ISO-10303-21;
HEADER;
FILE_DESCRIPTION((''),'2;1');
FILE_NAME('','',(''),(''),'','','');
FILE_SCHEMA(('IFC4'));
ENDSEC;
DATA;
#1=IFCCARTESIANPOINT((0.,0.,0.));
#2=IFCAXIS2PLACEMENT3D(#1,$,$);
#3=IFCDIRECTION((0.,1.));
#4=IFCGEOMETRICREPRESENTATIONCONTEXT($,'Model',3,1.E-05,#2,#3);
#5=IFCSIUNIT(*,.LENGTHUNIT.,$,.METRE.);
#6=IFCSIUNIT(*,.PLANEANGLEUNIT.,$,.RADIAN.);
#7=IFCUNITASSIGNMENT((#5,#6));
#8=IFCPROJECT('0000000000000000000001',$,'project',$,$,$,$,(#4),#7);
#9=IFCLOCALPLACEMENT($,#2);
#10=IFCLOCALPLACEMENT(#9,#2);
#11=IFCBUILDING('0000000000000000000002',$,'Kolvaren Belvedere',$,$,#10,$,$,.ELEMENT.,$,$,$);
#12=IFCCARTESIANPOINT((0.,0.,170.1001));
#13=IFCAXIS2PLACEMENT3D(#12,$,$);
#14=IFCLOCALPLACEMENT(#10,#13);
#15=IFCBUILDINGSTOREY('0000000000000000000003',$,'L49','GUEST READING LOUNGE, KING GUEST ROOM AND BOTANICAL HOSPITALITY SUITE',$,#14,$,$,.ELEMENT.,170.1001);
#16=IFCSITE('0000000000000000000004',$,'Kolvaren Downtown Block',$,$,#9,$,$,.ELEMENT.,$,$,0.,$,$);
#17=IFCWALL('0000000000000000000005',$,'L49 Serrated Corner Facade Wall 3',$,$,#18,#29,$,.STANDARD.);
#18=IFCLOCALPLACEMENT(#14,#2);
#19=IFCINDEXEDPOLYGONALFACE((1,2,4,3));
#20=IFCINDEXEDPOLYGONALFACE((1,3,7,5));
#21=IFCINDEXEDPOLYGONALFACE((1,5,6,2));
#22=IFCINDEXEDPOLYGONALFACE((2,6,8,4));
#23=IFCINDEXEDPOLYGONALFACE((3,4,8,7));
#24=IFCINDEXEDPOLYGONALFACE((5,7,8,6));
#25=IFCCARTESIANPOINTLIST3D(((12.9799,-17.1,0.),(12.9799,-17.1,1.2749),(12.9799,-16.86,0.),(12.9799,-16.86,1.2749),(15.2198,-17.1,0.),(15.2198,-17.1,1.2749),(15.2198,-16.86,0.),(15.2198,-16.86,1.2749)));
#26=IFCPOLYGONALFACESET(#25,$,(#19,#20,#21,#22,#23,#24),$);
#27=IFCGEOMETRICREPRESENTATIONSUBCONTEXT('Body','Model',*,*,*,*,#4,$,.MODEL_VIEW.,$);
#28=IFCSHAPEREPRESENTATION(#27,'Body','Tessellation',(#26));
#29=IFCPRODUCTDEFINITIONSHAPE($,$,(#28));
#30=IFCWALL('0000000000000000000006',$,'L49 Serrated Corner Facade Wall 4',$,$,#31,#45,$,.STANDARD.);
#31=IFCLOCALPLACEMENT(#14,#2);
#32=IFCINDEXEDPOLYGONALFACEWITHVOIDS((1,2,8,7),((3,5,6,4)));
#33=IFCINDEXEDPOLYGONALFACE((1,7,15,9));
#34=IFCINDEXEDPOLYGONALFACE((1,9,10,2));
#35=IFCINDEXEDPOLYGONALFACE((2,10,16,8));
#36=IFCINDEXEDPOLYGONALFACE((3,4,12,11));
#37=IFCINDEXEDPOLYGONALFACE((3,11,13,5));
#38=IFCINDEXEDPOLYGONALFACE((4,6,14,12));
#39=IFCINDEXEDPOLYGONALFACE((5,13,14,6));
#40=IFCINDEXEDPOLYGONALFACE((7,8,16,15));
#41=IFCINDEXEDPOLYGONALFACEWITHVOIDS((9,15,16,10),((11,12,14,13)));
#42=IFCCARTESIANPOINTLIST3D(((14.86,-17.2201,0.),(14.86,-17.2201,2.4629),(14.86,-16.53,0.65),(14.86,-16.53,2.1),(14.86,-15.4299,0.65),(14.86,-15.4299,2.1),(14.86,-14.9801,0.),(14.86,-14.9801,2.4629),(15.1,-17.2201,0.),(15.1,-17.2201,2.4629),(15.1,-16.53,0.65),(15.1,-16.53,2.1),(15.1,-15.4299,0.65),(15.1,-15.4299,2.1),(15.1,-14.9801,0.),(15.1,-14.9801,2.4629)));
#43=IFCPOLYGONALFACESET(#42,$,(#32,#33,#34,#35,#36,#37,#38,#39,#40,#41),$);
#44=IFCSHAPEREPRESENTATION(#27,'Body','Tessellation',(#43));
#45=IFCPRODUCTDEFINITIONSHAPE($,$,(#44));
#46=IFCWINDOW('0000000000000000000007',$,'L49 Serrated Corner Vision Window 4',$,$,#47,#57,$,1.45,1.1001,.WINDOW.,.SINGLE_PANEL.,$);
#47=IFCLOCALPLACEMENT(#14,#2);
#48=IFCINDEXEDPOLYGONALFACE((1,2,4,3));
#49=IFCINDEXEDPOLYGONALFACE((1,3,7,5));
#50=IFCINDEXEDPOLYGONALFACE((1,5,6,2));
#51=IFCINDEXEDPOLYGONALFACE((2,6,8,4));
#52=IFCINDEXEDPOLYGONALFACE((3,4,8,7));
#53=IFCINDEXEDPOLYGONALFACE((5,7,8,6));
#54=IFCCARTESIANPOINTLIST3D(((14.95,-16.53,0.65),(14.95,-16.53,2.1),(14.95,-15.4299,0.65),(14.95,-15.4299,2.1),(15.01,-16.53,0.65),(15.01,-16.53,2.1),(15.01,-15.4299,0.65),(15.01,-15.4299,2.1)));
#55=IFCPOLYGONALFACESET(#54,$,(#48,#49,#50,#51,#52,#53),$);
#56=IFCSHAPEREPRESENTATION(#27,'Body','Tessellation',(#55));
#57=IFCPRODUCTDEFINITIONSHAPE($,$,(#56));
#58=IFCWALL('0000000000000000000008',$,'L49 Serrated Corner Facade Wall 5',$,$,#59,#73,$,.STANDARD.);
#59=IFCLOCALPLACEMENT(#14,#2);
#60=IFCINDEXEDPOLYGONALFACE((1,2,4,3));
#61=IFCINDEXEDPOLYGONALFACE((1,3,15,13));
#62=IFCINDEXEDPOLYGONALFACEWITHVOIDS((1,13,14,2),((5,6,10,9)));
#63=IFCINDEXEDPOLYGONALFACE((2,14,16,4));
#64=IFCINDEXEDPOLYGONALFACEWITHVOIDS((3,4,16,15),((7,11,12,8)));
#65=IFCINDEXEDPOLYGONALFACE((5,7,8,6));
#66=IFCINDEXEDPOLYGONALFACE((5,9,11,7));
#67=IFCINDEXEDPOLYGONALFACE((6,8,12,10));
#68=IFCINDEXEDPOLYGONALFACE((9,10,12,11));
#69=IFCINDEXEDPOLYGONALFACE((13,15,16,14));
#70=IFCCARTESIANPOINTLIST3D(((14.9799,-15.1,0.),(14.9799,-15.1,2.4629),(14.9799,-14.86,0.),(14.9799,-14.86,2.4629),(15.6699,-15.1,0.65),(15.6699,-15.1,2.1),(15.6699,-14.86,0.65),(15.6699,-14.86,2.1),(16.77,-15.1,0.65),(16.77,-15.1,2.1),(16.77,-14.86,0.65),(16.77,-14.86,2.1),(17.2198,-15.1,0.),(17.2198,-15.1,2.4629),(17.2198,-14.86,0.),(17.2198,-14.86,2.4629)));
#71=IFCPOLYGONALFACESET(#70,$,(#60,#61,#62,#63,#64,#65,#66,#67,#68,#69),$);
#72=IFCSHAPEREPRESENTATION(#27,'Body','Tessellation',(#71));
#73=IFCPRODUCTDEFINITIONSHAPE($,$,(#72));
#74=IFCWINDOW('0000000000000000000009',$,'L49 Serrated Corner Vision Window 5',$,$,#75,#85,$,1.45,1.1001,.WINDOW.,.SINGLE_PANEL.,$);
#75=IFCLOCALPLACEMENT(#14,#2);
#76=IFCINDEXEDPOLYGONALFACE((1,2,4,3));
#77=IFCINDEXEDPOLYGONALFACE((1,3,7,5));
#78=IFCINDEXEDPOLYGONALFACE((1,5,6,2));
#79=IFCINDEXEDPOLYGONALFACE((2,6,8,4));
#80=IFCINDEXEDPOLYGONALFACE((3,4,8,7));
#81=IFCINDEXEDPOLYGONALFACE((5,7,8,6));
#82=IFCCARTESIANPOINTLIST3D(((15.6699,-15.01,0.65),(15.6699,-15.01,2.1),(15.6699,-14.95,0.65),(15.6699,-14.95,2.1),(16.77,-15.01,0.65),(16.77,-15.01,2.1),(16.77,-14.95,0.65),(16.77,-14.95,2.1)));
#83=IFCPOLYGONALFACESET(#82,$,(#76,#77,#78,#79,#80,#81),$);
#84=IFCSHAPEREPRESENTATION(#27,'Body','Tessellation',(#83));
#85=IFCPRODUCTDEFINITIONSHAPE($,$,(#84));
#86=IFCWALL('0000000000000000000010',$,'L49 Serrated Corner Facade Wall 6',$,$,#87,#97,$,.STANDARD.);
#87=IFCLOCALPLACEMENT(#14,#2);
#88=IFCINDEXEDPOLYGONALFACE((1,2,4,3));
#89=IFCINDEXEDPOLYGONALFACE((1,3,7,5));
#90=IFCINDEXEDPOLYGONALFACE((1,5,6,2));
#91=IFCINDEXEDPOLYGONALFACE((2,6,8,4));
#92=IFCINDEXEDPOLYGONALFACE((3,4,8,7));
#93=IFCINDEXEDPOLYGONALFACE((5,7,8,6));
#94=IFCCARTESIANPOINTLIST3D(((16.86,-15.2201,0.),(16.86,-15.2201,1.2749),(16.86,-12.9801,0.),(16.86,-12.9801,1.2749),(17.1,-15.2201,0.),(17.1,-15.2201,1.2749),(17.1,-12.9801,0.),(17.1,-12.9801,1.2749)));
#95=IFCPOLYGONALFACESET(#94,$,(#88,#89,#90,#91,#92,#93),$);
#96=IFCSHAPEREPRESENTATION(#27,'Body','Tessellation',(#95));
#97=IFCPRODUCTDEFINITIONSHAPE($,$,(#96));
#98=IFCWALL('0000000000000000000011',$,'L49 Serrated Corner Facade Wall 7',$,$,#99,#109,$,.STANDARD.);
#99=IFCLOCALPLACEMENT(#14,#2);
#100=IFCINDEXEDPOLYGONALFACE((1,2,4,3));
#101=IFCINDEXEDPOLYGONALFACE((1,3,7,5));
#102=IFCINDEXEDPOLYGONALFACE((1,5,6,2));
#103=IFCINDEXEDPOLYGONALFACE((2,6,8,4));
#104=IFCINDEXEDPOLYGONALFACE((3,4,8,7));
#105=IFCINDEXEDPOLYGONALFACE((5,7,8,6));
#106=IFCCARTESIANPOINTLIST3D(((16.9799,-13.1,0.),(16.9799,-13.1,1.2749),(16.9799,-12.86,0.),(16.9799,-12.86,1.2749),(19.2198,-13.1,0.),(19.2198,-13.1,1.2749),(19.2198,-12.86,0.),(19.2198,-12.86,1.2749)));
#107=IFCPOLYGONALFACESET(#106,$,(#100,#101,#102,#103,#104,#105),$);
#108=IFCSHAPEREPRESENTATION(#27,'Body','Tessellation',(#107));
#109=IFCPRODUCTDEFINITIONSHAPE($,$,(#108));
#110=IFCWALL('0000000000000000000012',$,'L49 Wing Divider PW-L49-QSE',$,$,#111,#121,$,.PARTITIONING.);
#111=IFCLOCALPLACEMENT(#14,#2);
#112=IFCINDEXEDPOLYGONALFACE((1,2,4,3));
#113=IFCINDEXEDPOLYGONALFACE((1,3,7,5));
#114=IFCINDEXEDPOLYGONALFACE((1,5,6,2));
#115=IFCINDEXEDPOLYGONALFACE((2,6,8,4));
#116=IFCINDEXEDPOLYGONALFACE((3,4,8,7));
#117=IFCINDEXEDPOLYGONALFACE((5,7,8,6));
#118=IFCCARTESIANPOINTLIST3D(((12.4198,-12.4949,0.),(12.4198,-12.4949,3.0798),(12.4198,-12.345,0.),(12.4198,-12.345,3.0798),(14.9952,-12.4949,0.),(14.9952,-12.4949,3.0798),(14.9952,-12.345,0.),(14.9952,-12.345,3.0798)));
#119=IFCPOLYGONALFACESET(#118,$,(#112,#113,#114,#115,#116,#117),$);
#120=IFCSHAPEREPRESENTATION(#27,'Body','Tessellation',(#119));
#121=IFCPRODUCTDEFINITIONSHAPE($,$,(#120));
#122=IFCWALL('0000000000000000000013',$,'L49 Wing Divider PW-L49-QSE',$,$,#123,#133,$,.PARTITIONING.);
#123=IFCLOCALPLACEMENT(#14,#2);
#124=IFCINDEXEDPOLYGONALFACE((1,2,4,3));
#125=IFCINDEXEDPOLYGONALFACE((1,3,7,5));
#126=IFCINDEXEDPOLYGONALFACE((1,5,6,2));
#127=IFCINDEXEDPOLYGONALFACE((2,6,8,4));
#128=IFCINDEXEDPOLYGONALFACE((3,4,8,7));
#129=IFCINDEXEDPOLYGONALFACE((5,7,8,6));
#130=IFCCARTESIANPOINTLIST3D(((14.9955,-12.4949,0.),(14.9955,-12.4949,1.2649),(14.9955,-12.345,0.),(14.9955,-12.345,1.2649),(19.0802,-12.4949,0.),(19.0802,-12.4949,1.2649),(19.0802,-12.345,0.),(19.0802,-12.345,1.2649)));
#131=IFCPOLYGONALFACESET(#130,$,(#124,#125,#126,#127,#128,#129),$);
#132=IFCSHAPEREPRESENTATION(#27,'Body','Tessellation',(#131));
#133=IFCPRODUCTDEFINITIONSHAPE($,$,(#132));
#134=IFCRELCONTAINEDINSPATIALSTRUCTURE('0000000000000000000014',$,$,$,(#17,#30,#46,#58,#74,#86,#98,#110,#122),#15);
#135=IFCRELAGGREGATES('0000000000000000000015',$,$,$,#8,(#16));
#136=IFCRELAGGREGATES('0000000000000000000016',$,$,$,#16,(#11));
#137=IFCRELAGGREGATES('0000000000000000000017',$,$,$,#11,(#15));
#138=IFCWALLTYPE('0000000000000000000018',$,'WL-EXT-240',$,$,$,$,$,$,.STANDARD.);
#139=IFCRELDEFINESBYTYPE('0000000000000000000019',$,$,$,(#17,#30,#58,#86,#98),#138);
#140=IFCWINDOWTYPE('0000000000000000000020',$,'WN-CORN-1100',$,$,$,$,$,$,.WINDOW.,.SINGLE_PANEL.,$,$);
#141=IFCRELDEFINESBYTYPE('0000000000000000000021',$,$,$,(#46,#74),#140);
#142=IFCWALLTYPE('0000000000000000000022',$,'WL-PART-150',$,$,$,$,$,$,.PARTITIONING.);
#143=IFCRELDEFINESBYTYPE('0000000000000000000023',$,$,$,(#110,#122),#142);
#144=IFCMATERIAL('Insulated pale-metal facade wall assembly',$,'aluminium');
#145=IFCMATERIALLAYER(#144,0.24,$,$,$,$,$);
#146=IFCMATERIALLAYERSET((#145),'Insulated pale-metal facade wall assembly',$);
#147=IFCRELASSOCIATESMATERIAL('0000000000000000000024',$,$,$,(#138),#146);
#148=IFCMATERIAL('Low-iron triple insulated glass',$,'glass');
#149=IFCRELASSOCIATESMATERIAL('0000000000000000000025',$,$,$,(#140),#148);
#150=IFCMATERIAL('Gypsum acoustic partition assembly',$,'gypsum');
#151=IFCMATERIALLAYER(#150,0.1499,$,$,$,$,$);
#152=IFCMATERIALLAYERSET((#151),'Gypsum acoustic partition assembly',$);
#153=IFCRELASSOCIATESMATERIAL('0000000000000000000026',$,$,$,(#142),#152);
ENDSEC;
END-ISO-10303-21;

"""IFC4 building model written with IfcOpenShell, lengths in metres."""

from ifc_helpers import new_model, si_unit, direction, frame, frame_2d, origin, place, context, subcontext, project, spatial, rectangle, extrude, material, layer, layer_set, type_object, element, fill, save


model = new_model("IFC4")

# Units and contexts
model_context = context("Model", 3, precision=1e-05, world=origin(), true_north=direction((0.0, 1.0)))
body_context = subcontext(model_context, "Body", "Model", "MODEL_VIEW")
ifc_project = project(units=[si_unit("LENGTHUNIT", "METRE"), si_unit("PLANEANGLEUNIT", "RADIAN")], contexts=[model_context])

# Site, building, storey
site_placement = place(None, origin())
site = spatial("IfcSite", under=ifc_project, at=site_placement, Name="Kolvaren Downtown Block", CompositionType="ELEMENT", RefElevation=0.0)
building_placement = place(site_placement, origin())
building = spatial("IfcBuilding", under=site, at=building_placement, Name="Kolvaren Belvedere", CompositionType="ELEMENT")
storey_placement = place(building_placement, frame((0.0, 0.0, 170.1001)))
storey = spatial("IfcBuildingStorey", under=building, at=storey_placement, Name="L49", Description="GUEST READING LOUNGE, KING GUEST ROOM AND BOTANICAL HOSPITALITY SUITE", CompositionType="ELEMENT", Elevation=170.1001)

# Wall
ifc_material_1 = material(Name="Insulated pale-metal facade wall assembly", Category="aluminium")
ifc_layer_1 = layer(ifc_material_1, 0.24)
ifc_layer_set_1 = layer_set([ifc_layer_1], Name="Insulated pale-metal facade wall assembly")
wall_type_1 = type_object("IfcWallType", Name="WL-EXT-240", PredefinedType="STANDARD", material=ifc_layer_set_1)
for number, where, z_axis, x_axis, name in (
    (1, (15.22, -16.98, 0.0), (0.0, 0.0, 1.0), (-1.0, 0.0, 0.0), "L49 Serrated Corner Facade Wall 3"),
):
    element("IfcWall", number, at=place(storey_placement, frame(where, z_axis=z_axis, x_axis=x_axis)), inside=storey, type_object=wall_type_1, Name=name, PredefinedType="STANDARD", context=body_context, shape_type="SweptSolid", body=[
        extrude(rectangle(XDim=2.24, YDim=0.24, at=frame_2d((1.1201, 0.0))), origin(), (0.0, 0.0, 1.0), 1.2749),
    ])

# Walls, openings, windows
wall_1_placement = place(storey_placement, frame((14.98, -14.98, 0.0), z_axis=(0.0, 0.0, 1.0), x_axis=(0.0, -1.0, 0.0)))
wall_1 = element("IfcWall", 2, at=wall_1_placement, inside=storey, type_object=wall_type_1, Name="L49 Serrated Corner Facade Wall 4", PredefinedType="STANDARD", context=body_context, shape_type="SweptSolid", body=[
    extrude(rectangle(XDim=2.24, YDim=0.24, at=frame_2d((1.1201, 0.0))), origin(), (0.0, 0.0, 1.0), 2.4629),
])
opening_1_placement = place(wall_1_placement, frame((0.45, 0.0, 0.6499)))
opening_1 = element("IfcOpeningElement", 3, at=opening_1_placement, cuts=wall_1, PredefinedType="OPENING", context=body_context, shape_type="SweptSolid", body=[
    extrude(rectangle(XDim=1.1001, YDim=1.45, at=frame_2d((0.55, 0.7251))), frame((0.0, 0.1299, 0.0), z_axis=(0.0, -1.0, 0.0), x_axis=(1.0, 0.0, 0.0)), (0.0, 0.0, 1.0), 0.26),
])
ifc_material_2 = material(Name="Low-iron triple insulated glass", Category="glass")
window_type = type_object("IfcWindowType", Name="WN-CORN-1100", PartitioningType="SINGLE_PANEL", PredefinedType="WINDOW", material=ifc_material_2)
window_1_placement = place(opening_1_placement, origin())
window_1 = element("IfcWindow", 4, at=window_1_placement, inside=storey, type_object=window_type, Name="L49 Serrated Corner Vision Window 4", OverallHeight=1.45, OverallWidth=1.1001, PartitioningType="SINGLE_PANEL", PredefinedType="WINDOW", context=body_context, shape_type="SweptSolid", body=[
    extrude(rectangle(XDim=1.1001, YDim=1.45, at=frame_2d((0.55, 0.7251))), frame((0.0, 0.03, 0.0), z_axis=(0.0, -1.0, 0.0), x_axis=(1.0, 0.0, 0.0)), (0.0, 0.0, 1.0), 0.0601),
])
fill(opening_1, window_1)
wall_2_placement = place(storey_placement, frame((17.22, -14.98, 0.0), z_axis=(0.0, 0.0, 1.0), x_axis=(-1.0, 0.0, 0.0)))
wall_2 = element("IfcWall", 5, at=wall_2_placement, inside=storey, type_object=wall_type_1, Name="L49 Serrated Corner Facade Wall 5", PredefinedType="STANDARD", context=body_context, shape_type="SweptSolid", body=[
    extrude(rectangle(XDim=2.24, YDim=0.24, at=frame_2d((1.1201, 0.0))), origin(), (0.0, 0.0, 1.0), 2.4629),
])
opening_2_placement = place(wall_2_placement, frame((0.45, 0.0, 0.6499)))
opening_2 = element("IfcOpeningElement", 6, at=opening_2_placement, cuts=wall_2, PredefinedType="OPENING", context=body_context, shape_type="SweptSolid", body=[
    extrude(rectangle(XDim=1.1001, YDim=1.45, at=frame_2d((0.55, 0.7251))), frame((0.0, 0.1299, 0.0), z_axis=(0.0, -1.0, 0.0), x_axis=(1.0, 0.0, 0.0)), (0.0, 0.0, 1.0), 0.26),
])
window_2_placement = place(opening_2_placement, origin())
window_2 = element("IfcWindow", 7, at=window_2_placement, inside=storey, type_object=window_type, Name="L49 Serrated Corner Vision Window 5", OverallHeight=1.45, OverallWidth=1.1001, PartitioningType="SINGLE_PANEL", PredefinedType="WINDOW", context=body_context, shape_type="SweptSolid", body=[
    extrude(rectangle(XDim=1.1001, YDim=1.45, at=frame_2d((0.55, 0.7251))), frame((0.0, 0.03, 0.0), z_axis=(0.0, -1.0, 0.0), x_axis=(1.0, 0.0, 0.0)), (0.0, 0.0, 1.0), 0.0601),
])
fill(opening_2, window_2)

# Walls
for number, where, z_axis, x_axis, name in (
    (8, (16.98, -12.98, 0.0), (0.0, 0.0, 1.0), (0.0, -1.0, 0.0), "L49 Serrated Corner Facade Wall 6"),
    (9, (19.22, -12.98, 0.0), (0.0, 0.0, 1.0), (-1.0, 0.0, 0.0), "L49 Serrated Corner Facade Wall 7"),
):
    element("IfcWall", number, at=place(storey_placement, frame(where, z_axis=z_axis, x_axis=x_axis)), inside=storey, type_object=wall_type_1, Name=name, PredefinedType="STANDARD", context=body_context, shape_type="SweptSolid", body=[
        extrude(rectangle(XDim=2.24, YDim=0.24, at=frame_2d((1.1201, 0.0))), origin(), (0.0, 0.0, 1.0), 1.2749),
    ])
ifc_material_3 = material(Name="Gypsum acoustic partition assembly", Category="gypsum")
ifc_layer_2 = layer(ifc_material_3, 0.1499)
ifc_layer_set_2 = layer_set([ifc_layer_2], Name="Gypsum acoustic partition assembly")
wall_type_2 = type_object("IfcWallType", Name="WL-PART-150", PredefinedType="PARTITIONING", material=ifc_layer_set_2)
wall_3_placement = place(storey_placement, frame((12.4199, -12.4199, 0.0), z_axis=(0.0, 0.0, 1.0), x_axis=(1.0, 0.0, 0.0)))
element("IfcWall", 10, at=wall_3_placement, inside=storey, type_object=wall_type_2, Name="L49 Wing Divider PW-L49-QSE", PredefinedType="PARTITIONING", context=body_context, shape_type="SweptSolid", body=[
    extrude(rectangle(XDim=2.5754, YDim=0.1499, at=frame_2d((1.2876, 0.0))), origin(), (0.0, 0.0, 1.0), 3.0798),
])
wall_4_placement = place(storey_placement, frame((14.9954, -12.4199, 0.0), z_axis=(0.0, 0.0, 1.0), x_axis=(1.0, 0.0, 0.0)))
element("IfcWall", 11, at=wall_4_placement, inside=storey, type_object=wall_type_2, Name="L49 Wing Divider PW-L49-QSE", PredefinedType="PARTITIONING", context=body_context, shape_type="SweptSolid", body=[
    extrude(rectangle(XDim=4.0847, YDim=0.1499, at=frame_2d((2.0425, 0.0))), origin(), (0.0, 0.0, 1.0), 1.2649),
])

save(model, "model.ifc")
